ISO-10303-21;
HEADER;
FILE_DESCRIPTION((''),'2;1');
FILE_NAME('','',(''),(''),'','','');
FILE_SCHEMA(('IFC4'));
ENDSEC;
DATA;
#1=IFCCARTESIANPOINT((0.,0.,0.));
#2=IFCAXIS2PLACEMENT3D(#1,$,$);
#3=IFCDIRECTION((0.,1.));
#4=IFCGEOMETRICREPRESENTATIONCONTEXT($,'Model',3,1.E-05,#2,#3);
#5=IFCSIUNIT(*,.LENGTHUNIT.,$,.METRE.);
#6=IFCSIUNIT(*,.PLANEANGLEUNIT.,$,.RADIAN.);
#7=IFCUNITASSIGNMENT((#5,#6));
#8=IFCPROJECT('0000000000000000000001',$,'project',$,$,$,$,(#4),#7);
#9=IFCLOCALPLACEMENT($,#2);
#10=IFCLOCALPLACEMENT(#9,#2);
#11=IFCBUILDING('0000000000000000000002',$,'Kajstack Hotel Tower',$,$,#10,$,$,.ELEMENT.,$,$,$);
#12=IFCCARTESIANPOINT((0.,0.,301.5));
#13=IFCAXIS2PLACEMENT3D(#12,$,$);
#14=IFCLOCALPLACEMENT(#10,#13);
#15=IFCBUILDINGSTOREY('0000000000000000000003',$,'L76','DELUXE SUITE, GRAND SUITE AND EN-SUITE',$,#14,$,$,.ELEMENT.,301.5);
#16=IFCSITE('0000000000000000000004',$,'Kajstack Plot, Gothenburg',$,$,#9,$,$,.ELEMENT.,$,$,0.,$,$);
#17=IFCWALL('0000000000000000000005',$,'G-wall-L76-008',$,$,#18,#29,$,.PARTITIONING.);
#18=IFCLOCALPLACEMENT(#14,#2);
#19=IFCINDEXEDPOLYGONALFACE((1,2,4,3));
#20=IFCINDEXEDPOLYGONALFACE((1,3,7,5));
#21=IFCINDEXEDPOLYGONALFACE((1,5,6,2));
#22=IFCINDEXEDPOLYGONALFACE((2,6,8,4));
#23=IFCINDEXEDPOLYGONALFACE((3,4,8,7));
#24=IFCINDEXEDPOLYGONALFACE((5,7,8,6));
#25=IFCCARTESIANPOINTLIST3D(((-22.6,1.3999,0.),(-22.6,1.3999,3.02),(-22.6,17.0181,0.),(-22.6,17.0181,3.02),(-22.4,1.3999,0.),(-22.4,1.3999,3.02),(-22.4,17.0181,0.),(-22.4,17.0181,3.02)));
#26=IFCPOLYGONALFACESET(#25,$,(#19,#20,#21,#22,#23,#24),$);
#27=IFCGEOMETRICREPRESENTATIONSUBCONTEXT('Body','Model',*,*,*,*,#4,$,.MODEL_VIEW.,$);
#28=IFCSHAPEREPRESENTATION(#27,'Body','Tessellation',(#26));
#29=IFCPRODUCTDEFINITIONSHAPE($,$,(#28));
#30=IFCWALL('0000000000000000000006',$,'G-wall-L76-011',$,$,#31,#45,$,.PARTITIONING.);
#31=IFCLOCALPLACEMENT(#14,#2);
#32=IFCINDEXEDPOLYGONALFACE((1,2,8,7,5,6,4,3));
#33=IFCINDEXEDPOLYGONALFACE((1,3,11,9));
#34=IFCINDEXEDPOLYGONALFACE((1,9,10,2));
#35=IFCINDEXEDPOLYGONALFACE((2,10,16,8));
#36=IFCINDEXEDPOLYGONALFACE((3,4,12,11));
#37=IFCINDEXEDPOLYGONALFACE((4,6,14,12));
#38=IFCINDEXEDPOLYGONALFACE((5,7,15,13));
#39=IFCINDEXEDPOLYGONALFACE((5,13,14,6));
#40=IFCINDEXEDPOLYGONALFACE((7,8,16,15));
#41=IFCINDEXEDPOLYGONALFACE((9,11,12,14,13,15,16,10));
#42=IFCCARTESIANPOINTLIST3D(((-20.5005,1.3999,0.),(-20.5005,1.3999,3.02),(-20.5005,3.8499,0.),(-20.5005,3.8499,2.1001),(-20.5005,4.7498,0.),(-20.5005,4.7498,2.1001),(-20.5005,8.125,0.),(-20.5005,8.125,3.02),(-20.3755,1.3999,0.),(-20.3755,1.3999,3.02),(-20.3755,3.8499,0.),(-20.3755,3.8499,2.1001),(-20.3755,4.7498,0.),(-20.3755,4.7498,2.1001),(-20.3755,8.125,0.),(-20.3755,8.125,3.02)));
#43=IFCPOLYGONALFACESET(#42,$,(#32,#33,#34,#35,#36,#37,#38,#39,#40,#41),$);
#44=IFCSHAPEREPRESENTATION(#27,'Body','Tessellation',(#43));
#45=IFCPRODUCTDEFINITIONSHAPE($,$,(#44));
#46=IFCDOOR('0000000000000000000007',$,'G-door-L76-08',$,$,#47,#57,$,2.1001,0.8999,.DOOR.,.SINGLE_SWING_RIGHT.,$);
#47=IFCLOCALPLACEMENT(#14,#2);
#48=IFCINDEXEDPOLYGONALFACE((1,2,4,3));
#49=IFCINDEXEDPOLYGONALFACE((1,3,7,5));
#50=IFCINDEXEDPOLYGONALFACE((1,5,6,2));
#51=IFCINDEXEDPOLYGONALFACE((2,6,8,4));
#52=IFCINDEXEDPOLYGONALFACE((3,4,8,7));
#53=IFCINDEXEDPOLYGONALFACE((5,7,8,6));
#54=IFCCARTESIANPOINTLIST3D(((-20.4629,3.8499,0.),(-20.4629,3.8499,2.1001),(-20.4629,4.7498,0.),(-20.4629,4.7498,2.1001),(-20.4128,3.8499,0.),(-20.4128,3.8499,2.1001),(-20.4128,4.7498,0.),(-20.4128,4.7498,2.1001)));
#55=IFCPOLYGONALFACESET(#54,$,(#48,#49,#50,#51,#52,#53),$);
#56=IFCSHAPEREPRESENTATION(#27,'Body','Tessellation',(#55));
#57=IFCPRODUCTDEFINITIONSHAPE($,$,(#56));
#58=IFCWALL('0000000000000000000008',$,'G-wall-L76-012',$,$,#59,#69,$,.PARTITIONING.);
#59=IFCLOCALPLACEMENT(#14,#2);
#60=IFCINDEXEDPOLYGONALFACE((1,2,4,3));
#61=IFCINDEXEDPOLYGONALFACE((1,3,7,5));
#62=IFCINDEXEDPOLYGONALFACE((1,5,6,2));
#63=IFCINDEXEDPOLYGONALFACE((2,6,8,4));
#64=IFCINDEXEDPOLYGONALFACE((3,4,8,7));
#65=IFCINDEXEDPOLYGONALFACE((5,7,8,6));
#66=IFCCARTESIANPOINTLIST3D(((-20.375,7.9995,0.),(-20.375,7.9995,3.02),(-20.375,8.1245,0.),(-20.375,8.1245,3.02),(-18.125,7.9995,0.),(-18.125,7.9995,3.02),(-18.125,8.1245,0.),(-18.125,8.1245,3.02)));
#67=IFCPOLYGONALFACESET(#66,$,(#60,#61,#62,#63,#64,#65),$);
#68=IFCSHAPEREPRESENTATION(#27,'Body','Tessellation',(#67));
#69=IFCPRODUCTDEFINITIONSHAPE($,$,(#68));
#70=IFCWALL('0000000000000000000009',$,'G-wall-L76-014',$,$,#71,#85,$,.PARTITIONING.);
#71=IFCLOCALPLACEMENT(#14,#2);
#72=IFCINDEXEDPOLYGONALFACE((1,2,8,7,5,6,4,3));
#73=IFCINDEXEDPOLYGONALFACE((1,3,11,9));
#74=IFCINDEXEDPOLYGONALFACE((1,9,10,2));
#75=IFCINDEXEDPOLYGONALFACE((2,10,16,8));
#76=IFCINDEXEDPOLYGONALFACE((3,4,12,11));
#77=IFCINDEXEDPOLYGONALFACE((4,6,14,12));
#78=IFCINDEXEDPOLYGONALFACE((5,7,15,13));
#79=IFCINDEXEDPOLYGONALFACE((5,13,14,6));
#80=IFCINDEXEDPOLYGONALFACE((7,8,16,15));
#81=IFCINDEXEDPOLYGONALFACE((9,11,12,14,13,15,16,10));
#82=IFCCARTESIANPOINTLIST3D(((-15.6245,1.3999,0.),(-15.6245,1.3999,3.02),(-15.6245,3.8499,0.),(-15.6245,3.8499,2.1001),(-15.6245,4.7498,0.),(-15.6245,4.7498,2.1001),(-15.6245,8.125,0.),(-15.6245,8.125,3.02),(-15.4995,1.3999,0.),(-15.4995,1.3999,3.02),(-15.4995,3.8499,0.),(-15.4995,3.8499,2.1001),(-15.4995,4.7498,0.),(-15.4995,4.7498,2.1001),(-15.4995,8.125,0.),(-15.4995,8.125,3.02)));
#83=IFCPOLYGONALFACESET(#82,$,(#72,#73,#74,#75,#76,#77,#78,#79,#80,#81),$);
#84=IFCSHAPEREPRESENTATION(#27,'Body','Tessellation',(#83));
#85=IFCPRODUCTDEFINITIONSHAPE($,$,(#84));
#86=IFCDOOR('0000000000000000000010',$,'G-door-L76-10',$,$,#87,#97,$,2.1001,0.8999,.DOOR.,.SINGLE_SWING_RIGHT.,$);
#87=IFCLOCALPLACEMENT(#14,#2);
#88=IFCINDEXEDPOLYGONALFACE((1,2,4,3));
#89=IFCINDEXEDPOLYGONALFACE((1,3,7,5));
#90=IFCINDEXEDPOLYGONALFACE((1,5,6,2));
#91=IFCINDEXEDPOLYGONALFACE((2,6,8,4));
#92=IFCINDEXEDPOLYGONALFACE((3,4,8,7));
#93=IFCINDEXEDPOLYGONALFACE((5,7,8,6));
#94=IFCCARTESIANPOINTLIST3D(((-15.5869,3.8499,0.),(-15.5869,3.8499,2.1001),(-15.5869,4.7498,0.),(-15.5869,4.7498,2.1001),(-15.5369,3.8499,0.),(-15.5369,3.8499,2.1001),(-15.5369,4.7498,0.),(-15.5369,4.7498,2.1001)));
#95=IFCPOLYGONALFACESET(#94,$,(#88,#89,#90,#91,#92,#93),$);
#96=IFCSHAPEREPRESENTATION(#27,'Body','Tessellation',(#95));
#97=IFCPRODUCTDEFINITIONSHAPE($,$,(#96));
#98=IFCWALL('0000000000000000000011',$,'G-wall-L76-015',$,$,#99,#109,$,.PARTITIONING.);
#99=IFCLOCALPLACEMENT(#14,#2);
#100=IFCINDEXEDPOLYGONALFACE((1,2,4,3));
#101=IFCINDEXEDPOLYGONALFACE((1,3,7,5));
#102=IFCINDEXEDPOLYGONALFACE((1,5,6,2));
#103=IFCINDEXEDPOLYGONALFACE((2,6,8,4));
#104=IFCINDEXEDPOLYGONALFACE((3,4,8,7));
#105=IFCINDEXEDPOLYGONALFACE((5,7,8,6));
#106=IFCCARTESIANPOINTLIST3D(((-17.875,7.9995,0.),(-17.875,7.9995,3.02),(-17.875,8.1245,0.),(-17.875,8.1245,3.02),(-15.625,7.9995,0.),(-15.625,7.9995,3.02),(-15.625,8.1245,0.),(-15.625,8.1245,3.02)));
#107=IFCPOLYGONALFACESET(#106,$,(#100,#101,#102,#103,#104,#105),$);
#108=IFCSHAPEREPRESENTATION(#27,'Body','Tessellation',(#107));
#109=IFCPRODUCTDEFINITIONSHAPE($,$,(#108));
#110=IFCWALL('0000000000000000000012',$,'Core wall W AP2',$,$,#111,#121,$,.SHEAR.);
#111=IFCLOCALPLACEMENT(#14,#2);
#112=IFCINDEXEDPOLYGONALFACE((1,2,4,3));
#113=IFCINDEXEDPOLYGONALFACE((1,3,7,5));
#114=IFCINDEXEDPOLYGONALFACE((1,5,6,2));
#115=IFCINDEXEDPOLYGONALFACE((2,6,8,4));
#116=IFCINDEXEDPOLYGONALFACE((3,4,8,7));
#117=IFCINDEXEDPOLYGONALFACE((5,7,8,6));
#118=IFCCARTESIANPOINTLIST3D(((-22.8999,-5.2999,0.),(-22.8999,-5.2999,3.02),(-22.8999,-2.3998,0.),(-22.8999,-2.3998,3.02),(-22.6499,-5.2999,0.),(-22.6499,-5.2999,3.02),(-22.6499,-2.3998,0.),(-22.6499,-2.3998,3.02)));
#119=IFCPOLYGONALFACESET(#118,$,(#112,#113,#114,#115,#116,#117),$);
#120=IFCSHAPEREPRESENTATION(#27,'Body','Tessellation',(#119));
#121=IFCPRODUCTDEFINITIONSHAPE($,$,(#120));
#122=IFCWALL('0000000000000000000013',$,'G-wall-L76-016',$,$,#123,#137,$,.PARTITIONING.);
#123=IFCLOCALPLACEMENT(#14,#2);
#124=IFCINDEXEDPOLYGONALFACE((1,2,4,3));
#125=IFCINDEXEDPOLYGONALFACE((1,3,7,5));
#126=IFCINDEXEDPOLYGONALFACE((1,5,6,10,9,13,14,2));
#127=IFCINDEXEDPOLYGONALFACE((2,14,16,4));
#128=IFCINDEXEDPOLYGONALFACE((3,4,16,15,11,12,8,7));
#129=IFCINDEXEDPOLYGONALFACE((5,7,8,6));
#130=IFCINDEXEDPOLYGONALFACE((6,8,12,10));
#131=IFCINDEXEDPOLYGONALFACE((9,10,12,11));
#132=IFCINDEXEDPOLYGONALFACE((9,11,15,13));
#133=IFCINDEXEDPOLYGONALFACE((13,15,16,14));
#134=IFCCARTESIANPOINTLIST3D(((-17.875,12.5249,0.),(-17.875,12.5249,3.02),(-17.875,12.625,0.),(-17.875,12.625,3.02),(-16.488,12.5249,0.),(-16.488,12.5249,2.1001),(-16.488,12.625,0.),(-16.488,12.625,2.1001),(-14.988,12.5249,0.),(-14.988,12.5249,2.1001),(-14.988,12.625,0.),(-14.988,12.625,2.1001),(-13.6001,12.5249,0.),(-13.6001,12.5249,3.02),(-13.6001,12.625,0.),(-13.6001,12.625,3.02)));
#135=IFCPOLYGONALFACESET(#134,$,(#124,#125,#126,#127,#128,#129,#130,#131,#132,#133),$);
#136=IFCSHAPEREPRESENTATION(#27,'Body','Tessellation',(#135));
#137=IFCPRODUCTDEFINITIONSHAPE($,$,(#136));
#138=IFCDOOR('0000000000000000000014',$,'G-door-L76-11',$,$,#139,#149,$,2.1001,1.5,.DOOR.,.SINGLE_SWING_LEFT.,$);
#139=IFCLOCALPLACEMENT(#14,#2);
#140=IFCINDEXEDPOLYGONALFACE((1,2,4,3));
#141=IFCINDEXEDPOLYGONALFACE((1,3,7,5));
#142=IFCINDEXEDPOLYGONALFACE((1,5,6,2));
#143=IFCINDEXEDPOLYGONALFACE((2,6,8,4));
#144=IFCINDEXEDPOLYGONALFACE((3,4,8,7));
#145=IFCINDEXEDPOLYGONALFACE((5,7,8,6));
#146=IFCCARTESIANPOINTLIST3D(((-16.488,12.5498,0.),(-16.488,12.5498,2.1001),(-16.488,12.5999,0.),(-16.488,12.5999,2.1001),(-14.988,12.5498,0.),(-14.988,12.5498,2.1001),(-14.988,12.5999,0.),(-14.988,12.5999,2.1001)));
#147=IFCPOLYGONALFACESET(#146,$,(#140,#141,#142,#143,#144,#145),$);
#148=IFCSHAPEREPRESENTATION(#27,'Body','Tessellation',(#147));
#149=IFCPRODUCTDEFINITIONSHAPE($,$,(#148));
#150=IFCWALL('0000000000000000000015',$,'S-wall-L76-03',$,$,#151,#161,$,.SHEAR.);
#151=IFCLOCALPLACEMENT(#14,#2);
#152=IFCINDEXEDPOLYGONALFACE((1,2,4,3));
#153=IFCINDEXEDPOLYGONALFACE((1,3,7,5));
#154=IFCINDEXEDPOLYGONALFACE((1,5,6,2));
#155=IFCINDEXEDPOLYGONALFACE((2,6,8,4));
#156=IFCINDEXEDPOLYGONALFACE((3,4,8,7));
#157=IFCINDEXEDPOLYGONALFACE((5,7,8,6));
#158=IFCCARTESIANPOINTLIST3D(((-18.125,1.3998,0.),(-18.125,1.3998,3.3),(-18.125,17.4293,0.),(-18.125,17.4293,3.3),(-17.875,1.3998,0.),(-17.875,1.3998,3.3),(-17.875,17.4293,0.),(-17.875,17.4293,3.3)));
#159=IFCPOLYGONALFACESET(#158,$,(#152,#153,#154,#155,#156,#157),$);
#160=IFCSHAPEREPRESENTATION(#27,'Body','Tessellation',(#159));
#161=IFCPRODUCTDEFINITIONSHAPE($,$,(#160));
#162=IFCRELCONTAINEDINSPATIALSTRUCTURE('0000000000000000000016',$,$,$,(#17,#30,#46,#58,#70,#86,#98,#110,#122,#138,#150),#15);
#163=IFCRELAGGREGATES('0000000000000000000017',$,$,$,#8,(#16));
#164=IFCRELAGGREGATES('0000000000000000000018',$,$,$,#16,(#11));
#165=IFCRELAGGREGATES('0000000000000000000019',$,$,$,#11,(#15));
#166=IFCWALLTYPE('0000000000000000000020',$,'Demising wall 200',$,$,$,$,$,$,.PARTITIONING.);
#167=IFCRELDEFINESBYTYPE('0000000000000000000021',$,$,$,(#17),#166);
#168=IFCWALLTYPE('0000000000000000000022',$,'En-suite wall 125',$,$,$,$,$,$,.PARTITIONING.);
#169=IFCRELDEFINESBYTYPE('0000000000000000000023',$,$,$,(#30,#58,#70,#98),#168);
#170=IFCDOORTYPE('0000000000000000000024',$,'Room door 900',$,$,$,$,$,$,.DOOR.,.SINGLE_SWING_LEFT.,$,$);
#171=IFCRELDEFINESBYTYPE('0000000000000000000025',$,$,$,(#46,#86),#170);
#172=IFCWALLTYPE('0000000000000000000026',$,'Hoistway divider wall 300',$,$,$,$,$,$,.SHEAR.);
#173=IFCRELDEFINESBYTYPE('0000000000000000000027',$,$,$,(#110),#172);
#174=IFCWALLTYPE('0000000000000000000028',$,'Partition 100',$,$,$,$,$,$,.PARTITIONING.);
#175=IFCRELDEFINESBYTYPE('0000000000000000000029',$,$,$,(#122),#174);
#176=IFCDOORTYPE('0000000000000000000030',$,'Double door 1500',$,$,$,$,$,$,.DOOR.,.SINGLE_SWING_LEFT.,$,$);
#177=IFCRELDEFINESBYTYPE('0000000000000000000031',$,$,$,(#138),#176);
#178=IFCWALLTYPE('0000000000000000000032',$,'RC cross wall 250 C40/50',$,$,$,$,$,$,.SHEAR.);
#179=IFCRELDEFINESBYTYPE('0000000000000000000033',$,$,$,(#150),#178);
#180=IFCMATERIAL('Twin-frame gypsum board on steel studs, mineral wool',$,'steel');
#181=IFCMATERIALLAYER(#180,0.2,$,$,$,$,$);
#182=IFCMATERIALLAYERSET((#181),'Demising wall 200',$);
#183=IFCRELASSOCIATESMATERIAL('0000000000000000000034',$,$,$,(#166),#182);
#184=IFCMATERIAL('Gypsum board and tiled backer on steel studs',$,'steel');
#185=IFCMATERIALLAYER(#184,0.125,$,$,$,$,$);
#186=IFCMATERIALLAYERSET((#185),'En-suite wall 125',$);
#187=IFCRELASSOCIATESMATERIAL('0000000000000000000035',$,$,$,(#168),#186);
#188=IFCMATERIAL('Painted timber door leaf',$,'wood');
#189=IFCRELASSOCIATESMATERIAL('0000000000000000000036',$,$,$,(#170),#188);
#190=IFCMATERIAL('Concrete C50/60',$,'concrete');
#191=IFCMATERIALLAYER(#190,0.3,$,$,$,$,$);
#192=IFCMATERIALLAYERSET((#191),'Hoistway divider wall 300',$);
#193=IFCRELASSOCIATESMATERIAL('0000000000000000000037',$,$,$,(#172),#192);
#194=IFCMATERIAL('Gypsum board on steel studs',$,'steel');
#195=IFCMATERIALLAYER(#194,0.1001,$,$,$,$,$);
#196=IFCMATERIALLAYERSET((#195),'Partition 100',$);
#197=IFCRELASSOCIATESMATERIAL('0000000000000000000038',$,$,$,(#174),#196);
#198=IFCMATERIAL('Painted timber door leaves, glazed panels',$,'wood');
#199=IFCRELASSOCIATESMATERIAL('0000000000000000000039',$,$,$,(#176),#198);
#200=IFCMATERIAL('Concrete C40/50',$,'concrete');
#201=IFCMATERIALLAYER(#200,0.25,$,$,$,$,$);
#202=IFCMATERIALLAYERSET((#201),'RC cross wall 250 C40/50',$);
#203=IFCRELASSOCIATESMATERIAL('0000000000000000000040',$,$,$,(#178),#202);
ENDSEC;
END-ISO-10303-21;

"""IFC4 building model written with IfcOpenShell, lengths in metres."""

from ifc_helpers import new_model, si_unit, direction, frame, frame_2d, origin, place, context, subcontext, project, spatial, rectangle, extrude, material, layer, layer_set, type_object, element, fill, save


model = new_model("IFC4")

# Units and contexts
model_context = context("Model", 3, precision=1e-05, world=origin(), true_north=direction((0.0, 1.0)))
body_context = subcontext(model_context, "Body", "Model", "MODEL_VIEW")
ifc_project = project(units=[si_unit("LENGTHUNIT", "METRE"), si_unit("PLANEANGLEUNIT", "RADIAN")], contexts=[model_context])

# Site, building, storey
site_placement = place(None, origin())
site = spatial("IfcSite", under=ifc_project, at=site_placement, Name="Kajstack Plot, Gothenburg", CompositionType="ELEMENT", RefElevation=0.0)
building_placement = place(site_placement, origin())
building = spatial("IfcBuilding", under=site, at=building_placement, Name="Kajstack Hotel Tower", CompositionType="ELEMENT")
storey_placement = place(building_placement, frame((0.0, 0.0, 301.5)))
storey = spatial("IfcBuildingStorey", under=building, at=storey_placement, Name="L76", Description="DELUXE SUITE, GRAND SUITE AND EN-SUITE", CompositionType="ELEMENT", Elevation=301.5)

# Wall
ifc_material_1 = material(Name="Twin-frame gypsum board on steel studs, mineral wool", Category="steel")
ifc_layer_1 = layer(ifc_material_1, 0.2)
ifc_layer_set_1 = layer_set([ifc_layer_1], Name="Demising wall 200")
wall_type_1 = type_object("IfcWallType", Name="Demising wall 200", PredefinedType="PARTITIONING", material=ifc_layer_set_1)
wall_1_placement = place(storey_placement, frame((-22.5, 1.3999, 0.0), z_axis=(0.0, 0.0, 1.0), x_axis=(0.0, 1.0, 0.0)))
element("IfcWall", 1, at=wall_1_placement, inside=storey, type_object=wall_type_1, Name="G-wall-L76-008", PredefinedType="PARTITIONING", context=body_context, shape_type="SweptSolid", body=[
    extrude(rectangle(XDim=15.6182, YDim=0.2, at=frame_2d((7.8091, 0.0))), origin(), (0.0, 0.0, 1.0), 3.02),
])

# Wall, opening, door
ifc_material_2 = material(Name="Gypsum board and tiled backer on steel studs", Category="steel")
ifc_layer_2 = layer(ifc_material_2, 0.125)
ifc_layer_set_2 = layer_set([ifc_layer_2], Name="En-suite wall 125")
wall_type_2 = type_object("IfcWallType", Name="En-suite wall 125", PredefinedType="PARTITIONING", material=ifc_layer_set_2)
wall_2_placement = place(storey_placement, frame((-20.438, 1.3999, 0.0), z_axis=(0.0, 0.0, 1.0), x_axis=(0.0, 1.0, 0.0)))
wall_2 = element("IfcWall", 2, at=wall_2_placement, inside=storey, type_object=wall_type_2, Name="G-wall-L76-011", PredefinedType="PARTITIONING", context=body_context, shape_type="SweptSolid", body=[
    extrude(rectangle(XDim=6.7251, YDim=0.125, at=frame_2d((3.3625, 0.0))), origin(), (0.0, 0.0, 1.0), 3.02),
])
opening_1_placement = place(wall_2_placement, frame((2.45, 0.0, 0.0)))
opening_1 = element("IfcOpeningElement", 3, at=opening_1_placement, cuts=wall_2, PredefinedType="OPENING", context=body_context, shape_type="SweptSolid", body=[
    extrude(rectangle(XDim=0.8999, YDim=2.1001, at=frame_2d((0.45, 1.05))), frame((0.0, 0.0725, 0.0), z_axis=(0.0, -1.0, 0.0), x_axis=(1.0, 0.0, 0.0)), (0.0, 0.0, 1.0), 0.145),
])
ifc_material_3 = material(Name="Painted timber door leaf", Category="wood")
door_type_1 = type_object("IfcDoorType", Name="Room door 900", OperationType="SINGLE_SWING_LEFT", PredefinedType="DOOR", material=ifc_material_3)
door_1_placement = place(opening_1_placement, origin())
door_1 = element("IfcDoor", 4, at=door_1_placement, inside=storey, type_object=door_type_1, Name="G-door-L76-08", OperationType="SINGLE_SWING_RIGHT", OverallHeight=2.1001, OverallWidth=0.8999, PredefinedType="DOOR", context=body_context, shape_type="SweptSolid", body=[
    extrude(rectangle(XDim=0.8999, YDim=2.1001, at=frame_2d((0.45, 1.05))), frame((0.0, 0.0249, 0.0), z_axis=(0.0, -1.0, 0.0), x_axis=(1.0, 0.0, 0.0)), (0.0, 0.0, 1.0), 0.05),
])
fill(opening_1, door_1)

# Wall
wall_3_placement = place(storey_placement, frame((-20.375, 8.062, 0.0), z_axis=(0.0, 0.0, 1.0), x_axis=(1.0, 0.0, 0.0)))
element("IfcWall", 5, at=wall_3_placement, inside=storey, type_object=wall_type_2, Name="G-wall-L76-012", PredefinedType="PARTITIONING", context=body_context, shape_type="SweptSolid", body=[
    extrude(rectangle(XDim=2.25, YDim=0.125, at=frame_2d((1.125, 0.0))), origin(), (0.0, 0.0, 1.0), 3.02),
])

# Wall, opening, door
wall_4_placement = place(storey_placement, frame((-15.562, 1.3999, 0.0), z_axis=(0.0, 0.0, 1.0), x_axis=(0.0, 1.0, 0.0)))
wall_4 = element("IfcWall", 6, at=wall_4_placement, inside=storey, type_object=wall_type_2, Name="G-wall-L76-014", PredefinedType="PARTITIONING", context=body_context, shape_type="SweptSolid", body=[
    extrude(rectangle(XDim=6.7251, YDim=0.125, at=frame_2d((3.3625, 0.0))), origin(), (0.0, 0.0, 1.0), 3.02),
])
opening_2_placement = place(wall_4_placement, frame((2.45, 0.0, 0.0)))
opening_2 = element("IfcOpeningElement", 7, at=opening_2_placement, cuts=wall_4, PredefinedType="OPENING", context=body_context, shape_type="SweptSolid", body=[
    extrude(rectangle(XDim=0.8999, YDim=2.1001, at=frame_2d((0.45, 1.05))), frame((0.0, 0.0725, 0.0), z_axis=(0.0, -1.0, 0.0), x_axis=(1.0, 0.0, 0.0)), (0.0, 0.0, 1.0), 0.145),
])
door_2_placement = place(opening_2_placement, origin())
door_2 = element("IfcDoor", 8, at=door_2_placement, inside=storey, type_object=door_type_1, Name="G-door-L76-10", OperationType="SINGLE_SWING_RIGHT", OverallHeight=2.1001, OverallWidth=0.8999, PredefinedType="DOOR", context=body_context, shape_type="SweptSolid", body=[
    extrude(rectangle(XDim=0.8999, YDim=2.1001, at=frame_2d((0.45, 1.05))), frame((0.0, 0.0249, 0.0), z_axis=(0.0, -1.0, 0.0), x_axis=(1.0, 0.0, 0.0)), (0.0, 0.0, 1.0), 0.05),
])
fill(opening_2, door_2)

# Walls
wall_5_placement = place(storey_placement, frame((-17.875, 8.062, 0.0), z_axis=(0.0, 0.0, 1.0), x_axis=(1.0, 0.0, 0.0)))
element("IfcWall", 9, at=wall_5_placement, inside=storey, type_object=wall_type_2, Name="G-wall-L76-015", PredefinedType="PARTITIONING", context=body_context, shape_type="SweptSolid", body=[
    extrude(rectangle(XDim=2.25, YDim=0.125, at=frame_2d((1.125, 0.0))), origin(), (0.0, 0.0, 1.0), 3.02),
])
ifc_material_4 = material(Name="Concrete C50/60", Category="concrete")
ifc_layer_3 = layer(ifc_material_4, 0.3)
ifc_layer_set_3 = layer_set([ifc_layer_3], Name="Hoistway divider wall 300")
wall_type_3 = type_object("IfcWallType", Name="Hoistway divider wall 300", PredefinedType="SHEAR", material=ifc_layer_set_3)
wall_6_placement = place(storey_placement, frame((-22.7749, -5.3, 0.0), z_axis=(0.0, 0.0, 1.0), x_axis=(0.0, 1.0, 0.0)))
element("IfcWall", 10, at=wall_6_placement, inside=storey, type_object=wall_type_3, Name="Core wall W AP2", PredefinedType="SHEAR", context=body_context, shape_type="SweptSolid", body=[
    extrude(rectangle(XDim=2.9001, YDim=0.25, at=frame_2d((1.4502, 0.0))), origin(), (0.0, 0.0, 1.0), 3.02),
])

# Wall, opening, door
ifc_material_5 = material(Name="Gypsum board on steel studs", Category="steel")
ifc_layer_4 = layer(ifc_material_5, 0.1001)
ifc_layer_set_4 = layer_set([ifc_layer_4], Name="Partition 100")
wall_type_4 = type_object("IfcWallType", Name="Partition 100", PredefinedType="PARTITIONING", material=ifc_layer_set_4)
wall_7_placement = place(storey_placement, frame((-17.875, 12.575, 0.0), z_axis=(0.0, 0.0, 1.0), x_axis=(1.0, 0.0, 0.0)))
wall_7 = element("IfcWall", 11, at=wall_7_placement, inside=storey, type_object=wall_type_4, Name="G-wall-L76-016", PredefinedType="PARTITIONING", context=body_context, shape_type="SweptSolid", body=[
    extrude(rectangle(XDim=4.2749, YDim=0.1001, at=frame_2d((2.1375, 0.0))), origin(), (0.0, 0.0, 1.0), 3.02),
])
opening_3_placement = place(wall_7_placement, frame((1.387, 0.0, 0.0)))
opening_3 = element("IfcOpeningElement", 12, at=opening_3_placement, cuts=wall_7, PredefinedType="OPENING", context=body_context, shape_type="SweptSolid", body=[
    extrude(rectangle(XDim=1.5, YDim=2.1001, at=frame_2d((0.75, 1.05))), frame((0.0, 0.0601, 0.0), z_axis=(0.0, -1.0, 0.0), x_axis=(1.0, 0.0, 0.0)), (0.0, 0.0, 1.0), 0.1201),
])
ifc_material_6 = material(Name="Painted timber door leaves, glazed panels", Category="wood")
door_type_2 = type_object("IfcDoorType", Name="Double door 1500", OperationType="SINGLE_SWING_LEFT", PredefinedType="DOOR", material=ifc_material_6)
door_3_placement = place(opening_3_placement, origin())
door_3 = element("IfcDoor", 13, at=door_3_placement, inside=storey, type_object=door_type_2, Name="G-door-L76-11", OperationType="SINGLE_SWING_LEFT", OverallHeight=2.1001, OverallWidth=1.5, PredefinedType="DOOR", context=body_context, shape_type="SweptSolid", body=[
    extrude(rectangle(XDim=1.5, YDim=2.1001, at=frame_2d((0.75, 1.05))), frame((0.0, 0.0249, 0.0), z_axis=(0.0, -1.0, 0.0), x_axis=(1.0, 0.0, 0.0)), (0.0, 0.0, 1.0), 0.05),
])
fill(opening_3, door_3)

# Wall
ifc_material_7 = material(Name="Concrete C40/50", Category="concrete")
ifc_layer_5 = layer(ifc_material_7, 0.25)
ifc_layer_set_5 = layer_set([ifc_layer_5], Name="RC cross wall 250 C40/50")
wall_type_5 = type_object("IfcWallType", Name="RC cross wall 250 C40/50", PredefinedType="SHEAR", material=ifc_layer_set_5)
wall_8_placement = place(storey_placement, frame((-18.0, 1.3999, 0.0), z_axis=(0.0, 0.0, 1.0), x_axis=(0.0, 1.0, 0.0)))
element("IfcWall", 14, at=wall_8_placement, inside=storey, type_object=wall_type_5, Name="S-wall-L76-03", PredefinedType="SHEAR", context=body_context, shape_type="SweptSolid", body=[
    extrude(rectangle(XDim=16.0295, YDim=0.25, at=frame_2d((8.0146, 0.0))), origin(), (0.0, 0.0, 1.0), 3.3),
])

save(model, "model.ifc")
